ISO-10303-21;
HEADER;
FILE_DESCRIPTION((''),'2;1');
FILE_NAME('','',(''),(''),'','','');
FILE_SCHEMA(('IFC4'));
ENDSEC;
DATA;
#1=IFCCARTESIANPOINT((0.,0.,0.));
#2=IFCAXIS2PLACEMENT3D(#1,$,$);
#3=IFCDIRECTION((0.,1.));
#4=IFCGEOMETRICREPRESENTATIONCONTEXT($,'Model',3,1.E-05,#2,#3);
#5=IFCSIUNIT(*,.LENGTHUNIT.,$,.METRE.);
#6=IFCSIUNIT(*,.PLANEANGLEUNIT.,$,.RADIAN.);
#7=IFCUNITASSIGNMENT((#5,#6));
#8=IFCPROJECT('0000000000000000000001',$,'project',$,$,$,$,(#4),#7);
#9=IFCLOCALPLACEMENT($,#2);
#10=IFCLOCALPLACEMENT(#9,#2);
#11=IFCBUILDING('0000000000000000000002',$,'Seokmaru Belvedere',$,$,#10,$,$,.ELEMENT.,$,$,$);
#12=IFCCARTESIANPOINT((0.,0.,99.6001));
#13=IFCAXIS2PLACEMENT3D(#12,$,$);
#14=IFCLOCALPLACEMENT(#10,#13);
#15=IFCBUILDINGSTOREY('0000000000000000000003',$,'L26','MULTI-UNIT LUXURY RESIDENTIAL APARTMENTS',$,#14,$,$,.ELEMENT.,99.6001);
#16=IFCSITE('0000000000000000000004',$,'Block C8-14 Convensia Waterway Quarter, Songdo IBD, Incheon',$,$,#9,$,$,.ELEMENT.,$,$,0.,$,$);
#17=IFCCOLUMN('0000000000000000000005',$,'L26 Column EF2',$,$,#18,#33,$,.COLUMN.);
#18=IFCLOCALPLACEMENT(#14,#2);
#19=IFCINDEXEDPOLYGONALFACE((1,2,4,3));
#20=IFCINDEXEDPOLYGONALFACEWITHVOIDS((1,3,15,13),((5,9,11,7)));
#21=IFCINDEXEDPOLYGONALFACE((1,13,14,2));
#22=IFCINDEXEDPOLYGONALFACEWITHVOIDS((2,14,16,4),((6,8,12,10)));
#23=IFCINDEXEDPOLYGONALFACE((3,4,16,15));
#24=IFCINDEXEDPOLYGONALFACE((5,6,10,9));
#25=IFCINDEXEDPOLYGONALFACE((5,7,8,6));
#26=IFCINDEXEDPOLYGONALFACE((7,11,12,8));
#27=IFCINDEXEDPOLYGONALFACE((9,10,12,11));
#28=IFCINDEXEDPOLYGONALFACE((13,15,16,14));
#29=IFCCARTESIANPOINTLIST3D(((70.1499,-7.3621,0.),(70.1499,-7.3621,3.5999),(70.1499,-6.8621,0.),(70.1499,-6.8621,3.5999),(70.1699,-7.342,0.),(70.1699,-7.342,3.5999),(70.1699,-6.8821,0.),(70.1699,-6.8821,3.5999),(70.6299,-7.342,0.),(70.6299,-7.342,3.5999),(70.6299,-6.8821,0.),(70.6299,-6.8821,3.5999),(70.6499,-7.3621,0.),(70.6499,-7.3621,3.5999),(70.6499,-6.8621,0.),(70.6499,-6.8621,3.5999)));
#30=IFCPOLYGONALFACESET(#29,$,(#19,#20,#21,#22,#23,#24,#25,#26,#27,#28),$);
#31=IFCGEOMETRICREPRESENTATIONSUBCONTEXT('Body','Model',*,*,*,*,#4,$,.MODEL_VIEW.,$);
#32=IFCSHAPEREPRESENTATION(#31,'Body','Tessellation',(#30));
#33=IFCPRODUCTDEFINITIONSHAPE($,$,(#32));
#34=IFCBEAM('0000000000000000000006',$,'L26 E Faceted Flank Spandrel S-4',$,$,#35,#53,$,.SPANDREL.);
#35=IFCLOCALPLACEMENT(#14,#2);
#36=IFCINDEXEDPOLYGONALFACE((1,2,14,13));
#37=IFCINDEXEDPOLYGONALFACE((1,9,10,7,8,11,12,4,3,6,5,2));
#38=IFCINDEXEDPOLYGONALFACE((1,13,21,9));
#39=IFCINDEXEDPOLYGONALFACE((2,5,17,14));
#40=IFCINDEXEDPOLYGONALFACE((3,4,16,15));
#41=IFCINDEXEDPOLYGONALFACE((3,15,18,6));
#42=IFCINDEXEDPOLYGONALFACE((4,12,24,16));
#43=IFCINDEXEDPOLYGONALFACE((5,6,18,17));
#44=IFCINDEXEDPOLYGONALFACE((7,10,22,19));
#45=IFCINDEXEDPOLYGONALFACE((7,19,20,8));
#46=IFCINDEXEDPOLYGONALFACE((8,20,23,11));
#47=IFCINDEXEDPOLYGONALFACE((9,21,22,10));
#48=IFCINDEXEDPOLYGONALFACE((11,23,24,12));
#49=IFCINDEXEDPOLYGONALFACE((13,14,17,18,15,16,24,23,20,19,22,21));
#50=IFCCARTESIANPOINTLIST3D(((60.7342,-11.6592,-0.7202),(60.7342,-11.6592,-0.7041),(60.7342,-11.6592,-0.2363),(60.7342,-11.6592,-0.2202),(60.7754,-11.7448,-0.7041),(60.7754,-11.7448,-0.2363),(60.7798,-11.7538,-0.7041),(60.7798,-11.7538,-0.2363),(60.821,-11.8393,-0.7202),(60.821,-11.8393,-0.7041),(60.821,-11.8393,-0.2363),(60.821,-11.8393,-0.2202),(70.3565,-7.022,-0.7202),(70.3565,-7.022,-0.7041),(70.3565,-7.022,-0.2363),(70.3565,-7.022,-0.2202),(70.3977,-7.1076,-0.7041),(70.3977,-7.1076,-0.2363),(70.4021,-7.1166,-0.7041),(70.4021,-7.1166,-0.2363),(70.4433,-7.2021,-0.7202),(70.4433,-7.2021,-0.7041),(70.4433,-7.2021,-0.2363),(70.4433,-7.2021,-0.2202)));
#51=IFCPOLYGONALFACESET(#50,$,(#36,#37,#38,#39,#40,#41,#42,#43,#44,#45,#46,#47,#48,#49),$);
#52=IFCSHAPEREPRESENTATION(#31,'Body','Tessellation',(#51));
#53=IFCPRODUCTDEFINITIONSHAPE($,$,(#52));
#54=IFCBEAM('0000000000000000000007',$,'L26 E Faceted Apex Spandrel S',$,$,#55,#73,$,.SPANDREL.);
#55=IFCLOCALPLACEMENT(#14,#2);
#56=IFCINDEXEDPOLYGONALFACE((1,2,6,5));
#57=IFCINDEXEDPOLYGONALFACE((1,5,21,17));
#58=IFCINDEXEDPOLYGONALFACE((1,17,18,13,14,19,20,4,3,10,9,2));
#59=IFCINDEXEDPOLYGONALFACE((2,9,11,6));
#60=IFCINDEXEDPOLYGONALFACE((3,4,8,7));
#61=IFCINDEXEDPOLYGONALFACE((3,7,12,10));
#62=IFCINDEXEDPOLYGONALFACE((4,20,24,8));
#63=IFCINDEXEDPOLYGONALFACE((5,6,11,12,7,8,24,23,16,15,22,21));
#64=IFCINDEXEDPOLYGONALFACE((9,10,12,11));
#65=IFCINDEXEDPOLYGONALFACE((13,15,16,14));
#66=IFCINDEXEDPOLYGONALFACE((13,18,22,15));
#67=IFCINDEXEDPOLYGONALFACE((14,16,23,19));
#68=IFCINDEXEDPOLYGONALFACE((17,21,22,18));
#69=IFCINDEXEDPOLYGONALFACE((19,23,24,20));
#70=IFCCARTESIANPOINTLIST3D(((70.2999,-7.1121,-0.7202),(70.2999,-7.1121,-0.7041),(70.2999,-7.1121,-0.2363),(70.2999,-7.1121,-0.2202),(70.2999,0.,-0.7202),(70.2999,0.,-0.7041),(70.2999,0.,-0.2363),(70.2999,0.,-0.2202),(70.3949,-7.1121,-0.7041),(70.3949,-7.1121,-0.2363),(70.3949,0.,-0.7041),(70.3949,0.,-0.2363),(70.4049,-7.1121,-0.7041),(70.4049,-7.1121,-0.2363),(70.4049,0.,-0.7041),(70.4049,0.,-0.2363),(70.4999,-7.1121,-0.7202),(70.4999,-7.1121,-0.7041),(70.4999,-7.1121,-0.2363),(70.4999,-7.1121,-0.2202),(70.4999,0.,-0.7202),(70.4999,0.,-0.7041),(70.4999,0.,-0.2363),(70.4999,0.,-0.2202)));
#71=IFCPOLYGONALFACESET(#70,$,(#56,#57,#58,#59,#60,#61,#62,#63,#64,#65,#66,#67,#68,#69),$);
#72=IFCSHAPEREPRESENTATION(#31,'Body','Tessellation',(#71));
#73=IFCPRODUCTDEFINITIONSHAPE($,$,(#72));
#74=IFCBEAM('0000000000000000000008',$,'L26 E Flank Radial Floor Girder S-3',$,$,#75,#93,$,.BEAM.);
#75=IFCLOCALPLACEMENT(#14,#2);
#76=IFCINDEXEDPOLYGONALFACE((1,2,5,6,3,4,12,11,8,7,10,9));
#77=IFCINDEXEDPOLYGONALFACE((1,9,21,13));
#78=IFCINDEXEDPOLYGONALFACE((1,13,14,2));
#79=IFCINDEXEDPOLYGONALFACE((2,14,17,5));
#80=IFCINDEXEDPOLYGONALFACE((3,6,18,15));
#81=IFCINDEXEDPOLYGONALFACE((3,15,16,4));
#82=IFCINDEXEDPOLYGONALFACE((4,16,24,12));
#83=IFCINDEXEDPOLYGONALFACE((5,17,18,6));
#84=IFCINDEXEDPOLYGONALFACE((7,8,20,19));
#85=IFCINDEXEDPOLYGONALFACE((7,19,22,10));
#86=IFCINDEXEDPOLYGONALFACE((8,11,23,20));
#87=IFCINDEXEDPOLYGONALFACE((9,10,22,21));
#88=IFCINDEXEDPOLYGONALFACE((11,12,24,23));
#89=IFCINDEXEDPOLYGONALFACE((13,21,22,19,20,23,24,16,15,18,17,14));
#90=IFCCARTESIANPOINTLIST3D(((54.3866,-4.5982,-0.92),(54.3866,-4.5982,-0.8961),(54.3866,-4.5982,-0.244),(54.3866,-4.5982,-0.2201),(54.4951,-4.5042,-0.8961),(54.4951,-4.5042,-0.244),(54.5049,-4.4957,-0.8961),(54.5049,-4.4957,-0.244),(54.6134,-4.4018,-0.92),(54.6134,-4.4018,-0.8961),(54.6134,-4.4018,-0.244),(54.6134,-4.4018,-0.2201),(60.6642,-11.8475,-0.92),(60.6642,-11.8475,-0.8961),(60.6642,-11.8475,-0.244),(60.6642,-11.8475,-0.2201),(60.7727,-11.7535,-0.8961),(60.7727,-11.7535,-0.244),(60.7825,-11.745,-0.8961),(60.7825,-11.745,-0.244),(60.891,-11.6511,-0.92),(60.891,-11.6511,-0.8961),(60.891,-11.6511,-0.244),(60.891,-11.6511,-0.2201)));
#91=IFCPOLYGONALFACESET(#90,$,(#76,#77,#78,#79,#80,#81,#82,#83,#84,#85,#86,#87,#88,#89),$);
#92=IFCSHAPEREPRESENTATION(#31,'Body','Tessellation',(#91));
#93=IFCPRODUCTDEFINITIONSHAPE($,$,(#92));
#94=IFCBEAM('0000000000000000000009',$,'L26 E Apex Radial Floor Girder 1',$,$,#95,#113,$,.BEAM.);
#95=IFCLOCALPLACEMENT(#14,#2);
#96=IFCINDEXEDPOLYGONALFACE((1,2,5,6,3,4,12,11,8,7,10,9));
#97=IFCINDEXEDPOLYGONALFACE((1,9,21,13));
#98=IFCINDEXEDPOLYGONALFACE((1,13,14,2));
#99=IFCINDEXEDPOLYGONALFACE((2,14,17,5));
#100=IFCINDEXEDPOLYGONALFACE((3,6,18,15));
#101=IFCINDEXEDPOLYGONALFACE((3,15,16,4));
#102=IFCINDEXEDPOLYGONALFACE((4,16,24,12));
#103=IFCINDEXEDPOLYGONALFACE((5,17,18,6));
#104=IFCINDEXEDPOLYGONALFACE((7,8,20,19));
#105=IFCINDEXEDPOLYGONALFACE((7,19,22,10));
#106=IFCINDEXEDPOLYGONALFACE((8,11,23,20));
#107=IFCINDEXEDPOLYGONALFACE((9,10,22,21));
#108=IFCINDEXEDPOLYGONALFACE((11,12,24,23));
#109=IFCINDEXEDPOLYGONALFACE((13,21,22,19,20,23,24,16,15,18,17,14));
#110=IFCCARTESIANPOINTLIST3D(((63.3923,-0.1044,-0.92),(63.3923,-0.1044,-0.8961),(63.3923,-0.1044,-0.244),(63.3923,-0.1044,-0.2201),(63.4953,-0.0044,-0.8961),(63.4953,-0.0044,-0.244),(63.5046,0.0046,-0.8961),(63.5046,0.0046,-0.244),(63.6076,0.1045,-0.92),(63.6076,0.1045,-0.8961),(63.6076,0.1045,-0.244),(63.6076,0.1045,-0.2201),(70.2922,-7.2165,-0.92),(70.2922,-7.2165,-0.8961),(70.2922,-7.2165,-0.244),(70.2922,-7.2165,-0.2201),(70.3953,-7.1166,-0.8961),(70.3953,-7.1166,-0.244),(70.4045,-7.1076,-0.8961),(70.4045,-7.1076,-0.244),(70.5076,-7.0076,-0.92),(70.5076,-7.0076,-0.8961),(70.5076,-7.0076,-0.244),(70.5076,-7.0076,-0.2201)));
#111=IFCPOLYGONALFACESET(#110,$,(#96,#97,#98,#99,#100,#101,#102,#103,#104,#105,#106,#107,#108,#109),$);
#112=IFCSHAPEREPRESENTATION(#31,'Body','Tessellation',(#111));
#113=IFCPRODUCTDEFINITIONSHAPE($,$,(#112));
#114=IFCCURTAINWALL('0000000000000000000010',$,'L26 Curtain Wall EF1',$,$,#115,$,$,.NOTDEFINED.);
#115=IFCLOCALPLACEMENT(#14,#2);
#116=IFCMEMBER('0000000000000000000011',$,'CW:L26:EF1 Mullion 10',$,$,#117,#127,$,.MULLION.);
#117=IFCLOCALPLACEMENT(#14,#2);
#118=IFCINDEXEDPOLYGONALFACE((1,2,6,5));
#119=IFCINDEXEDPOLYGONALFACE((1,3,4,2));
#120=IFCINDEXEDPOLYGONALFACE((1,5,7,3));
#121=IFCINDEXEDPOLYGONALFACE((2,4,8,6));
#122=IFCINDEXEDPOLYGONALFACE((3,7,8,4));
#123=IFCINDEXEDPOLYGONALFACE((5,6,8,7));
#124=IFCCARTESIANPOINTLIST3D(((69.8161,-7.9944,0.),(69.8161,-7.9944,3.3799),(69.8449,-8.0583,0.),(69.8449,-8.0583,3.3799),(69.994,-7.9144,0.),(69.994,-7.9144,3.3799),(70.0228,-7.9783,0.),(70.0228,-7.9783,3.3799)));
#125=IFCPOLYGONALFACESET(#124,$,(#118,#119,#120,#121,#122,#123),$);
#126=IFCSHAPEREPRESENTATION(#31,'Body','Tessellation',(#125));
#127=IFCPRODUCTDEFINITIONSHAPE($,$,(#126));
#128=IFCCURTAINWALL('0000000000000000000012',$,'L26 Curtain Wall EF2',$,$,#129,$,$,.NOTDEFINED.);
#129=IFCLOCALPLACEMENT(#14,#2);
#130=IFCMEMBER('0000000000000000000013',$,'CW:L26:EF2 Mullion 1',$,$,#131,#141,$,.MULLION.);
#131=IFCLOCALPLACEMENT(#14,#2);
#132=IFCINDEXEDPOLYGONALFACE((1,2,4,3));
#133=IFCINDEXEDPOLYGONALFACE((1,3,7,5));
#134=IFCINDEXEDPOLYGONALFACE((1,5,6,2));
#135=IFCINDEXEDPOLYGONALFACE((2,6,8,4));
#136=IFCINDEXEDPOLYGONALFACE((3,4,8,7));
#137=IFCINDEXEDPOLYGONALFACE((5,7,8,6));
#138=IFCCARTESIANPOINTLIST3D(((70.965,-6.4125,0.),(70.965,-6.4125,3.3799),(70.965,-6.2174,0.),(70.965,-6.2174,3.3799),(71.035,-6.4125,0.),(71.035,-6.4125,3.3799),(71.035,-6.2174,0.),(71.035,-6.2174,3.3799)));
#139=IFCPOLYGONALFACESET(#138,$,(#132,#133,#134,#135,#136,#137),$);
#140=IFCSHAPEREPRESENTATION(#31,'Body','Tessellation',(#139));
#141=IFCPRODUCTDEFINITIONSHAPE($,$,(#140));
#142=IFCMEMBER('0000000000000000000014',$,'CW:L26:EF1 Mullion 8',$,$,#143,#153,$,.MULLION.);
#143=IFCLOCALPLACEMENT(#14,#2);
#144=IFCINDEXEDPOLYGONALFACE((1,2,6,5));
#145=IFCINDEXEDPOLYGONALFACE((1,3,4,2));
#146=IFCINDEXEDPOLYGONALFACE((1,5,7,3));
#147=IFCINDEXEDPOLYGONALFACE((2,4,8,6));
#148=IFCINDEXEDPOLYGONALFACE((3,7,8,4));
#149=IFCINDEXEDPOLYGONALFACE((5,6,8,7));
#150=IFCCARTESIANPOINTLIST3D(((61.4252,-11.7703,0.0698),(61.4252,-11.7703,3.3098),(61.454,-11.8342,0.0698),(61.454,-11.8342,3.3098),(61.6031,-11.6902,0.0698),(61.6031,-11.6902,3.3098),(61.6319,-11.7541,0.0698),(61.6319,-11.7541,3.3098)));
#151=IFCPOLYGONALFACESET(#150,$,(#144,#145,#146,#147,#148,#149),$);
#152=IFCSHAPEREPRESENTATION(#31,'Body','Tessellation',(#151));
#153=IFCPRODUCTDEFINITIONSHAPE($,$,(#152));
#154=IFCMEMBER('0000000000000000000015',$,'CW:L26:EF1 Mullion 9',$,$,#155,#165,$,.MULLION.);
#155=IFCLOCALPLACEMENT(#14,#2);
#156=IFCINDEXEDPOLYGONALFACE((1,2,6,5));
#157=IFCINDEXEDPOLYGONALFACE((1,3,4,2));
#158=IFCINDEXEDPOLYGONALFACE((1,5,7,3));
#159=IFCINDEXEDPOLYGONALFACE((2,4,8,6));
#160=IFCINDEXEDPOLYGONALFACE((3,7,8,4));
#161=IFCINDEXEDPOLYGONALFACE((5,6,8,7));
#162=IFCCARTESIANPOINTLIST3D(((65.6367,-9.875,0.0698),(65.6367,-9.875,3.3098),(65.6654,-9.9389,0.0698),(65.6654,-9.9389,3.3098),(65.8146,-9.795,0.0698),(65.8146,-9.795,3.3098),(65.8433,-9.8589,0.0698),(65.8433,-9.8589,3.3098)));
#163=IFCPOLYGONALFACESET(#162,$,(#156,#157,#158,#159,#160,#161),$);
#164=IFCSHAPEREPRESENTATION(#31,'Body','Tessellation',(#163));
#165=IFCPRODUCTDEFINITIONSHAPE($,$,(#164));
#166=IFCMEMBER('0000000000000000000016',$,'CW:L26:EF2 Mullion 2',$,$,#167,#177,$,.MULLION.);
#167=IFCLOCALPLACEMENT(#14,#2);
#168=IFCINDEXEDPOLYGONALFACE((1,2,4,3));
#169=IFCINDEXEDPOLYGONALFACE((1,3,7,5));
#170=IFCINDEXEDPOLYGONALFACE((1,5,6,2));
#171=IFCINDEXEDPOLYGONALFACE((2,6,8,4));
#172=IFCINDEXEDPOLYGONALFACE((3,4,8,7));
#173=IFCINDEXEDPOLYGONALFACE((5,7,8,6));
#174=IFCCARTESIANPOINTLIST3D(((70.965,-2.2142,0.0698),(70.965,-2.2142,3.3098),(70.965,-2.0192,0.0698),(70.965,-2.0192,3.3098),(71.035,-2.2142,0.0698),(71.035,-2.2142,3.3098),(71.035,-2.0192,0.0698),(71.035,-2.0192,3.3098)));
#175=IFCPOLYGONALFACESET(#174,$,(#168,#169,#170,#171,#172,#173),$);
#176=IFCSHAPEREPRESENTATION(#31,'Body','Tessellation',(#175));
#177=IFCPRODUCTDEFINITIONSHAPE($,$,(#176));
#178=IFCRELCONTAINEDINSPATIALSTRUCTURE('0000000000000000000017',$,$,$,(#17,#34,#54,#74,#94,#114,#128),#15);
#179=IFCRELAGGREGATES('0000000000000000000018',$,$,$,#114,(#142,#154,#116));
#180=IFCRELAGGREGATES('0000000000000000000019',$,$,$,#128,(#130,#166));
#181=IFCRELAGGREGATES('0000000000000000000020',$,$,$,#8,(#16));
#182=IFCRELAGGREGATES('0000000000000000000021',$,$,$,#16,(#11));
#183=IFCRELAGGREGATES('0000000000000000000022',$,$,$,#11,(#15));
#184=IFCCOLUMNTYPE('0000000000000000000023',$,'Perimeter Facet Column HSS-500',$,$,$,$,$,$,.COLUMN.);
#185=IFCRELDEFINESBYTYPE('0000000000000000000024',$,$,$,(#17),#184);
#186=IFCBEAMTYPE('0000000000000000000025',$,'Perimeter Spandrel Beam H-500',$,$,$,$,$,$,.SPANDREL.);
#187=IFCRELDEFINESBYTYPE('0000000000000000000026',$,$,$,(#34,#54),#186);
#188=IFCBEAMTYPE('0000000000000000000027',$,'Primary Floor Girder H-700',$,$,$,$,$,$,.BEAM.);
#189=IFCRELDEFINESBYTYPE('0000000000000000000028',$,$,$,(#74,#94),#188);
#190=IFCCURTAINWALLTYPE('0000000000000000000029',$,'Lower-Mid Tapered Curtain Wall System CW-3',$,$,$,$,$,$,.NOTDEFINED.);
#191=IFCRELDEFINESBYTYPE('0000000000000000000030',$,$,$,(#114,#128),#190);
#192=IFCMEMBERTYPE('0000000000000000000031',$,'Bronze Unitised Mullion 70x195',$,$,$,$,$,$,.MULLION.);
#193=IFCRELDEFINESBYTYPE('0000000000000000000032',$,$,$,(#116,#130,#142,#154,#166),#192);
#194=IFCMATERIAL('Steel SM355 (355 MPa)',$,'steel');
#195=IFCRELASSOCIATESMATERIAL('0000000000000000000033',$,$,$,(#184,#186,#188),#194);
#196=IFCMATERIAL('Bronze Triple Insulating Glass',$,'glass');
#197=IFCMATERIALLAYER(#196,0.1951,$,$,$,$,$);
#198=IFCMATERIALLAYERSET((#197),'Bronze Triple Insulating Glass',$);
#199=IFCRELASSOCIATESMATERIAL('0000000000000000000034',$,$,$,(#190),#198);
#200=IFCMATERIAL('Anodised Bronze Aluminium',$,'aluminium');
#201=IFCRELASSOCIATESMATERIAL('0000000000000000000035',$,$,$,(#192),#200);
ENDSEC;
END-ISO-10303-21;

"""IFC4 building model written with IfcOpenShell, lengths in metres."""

from ifc_helpers import new_model, si_unit, direction, frame, origin, origin_2d, place, context, subcontext, project, spatial, rectangle, hollow_rectangle, i_section, extrude, source, transform, mapped, material, layer, layer_set, material_profile, profile_set, type_object, type_shapes, element, aggregate, save


model = new_model("IFC4")

# Units and contexts
model_context = context("Model", 3, precision=1e-05, world=origin(), true_north=direction((0.0, 1.0)))
body_context = subcontext(model_context, "Body", "Model", "MODEL_VIEW")
ifc_project = project(units=[si_unit("LENGTHUNIT", "METRE"), si_unit("PLANEANGLEUNIT", "RADIAN")], contexts=[model_context])

# Site, building, storey
site_placement = place(None, origin())
site = spatial("IfcSite", under=ifc_project, at=site_placement, Name="Block C8-14 Convensia Waterway Quarter, Songdo IBD, Incheon", CompositionType="ELEMENT", RefElevation=0.0)
building_placement = place(site_placement, origin())
building = spatial("IfcBuilding", under=site, at=building_placement, Name="Seokmaru Belvedere", CompositionType="ELEMENT")
storey_placement = place(building_placement, frame((0.0, 0.0, 99.6001)))
storey = spatial("IfcBuildingStorey", under=building, at=storey_placement, Name="L26", Description="MULTI-UNIT LUXURY RESIDENTIAL APARTMENTS", CompositionType="ELEMENT", Elevation=99.6001)

# Column
ifc_material_1 = material(Name="Steel SM355 (355 MPa)", Category="steel")
ifc_material_profile_1 = material_profile(ifc_material_1, hollow_rectangle(XDim=0.5, YDim=0.5, WallThickness=0.02, at=origin_2d()), Name="HSS-500x500x20")
ifc_profile_set_1 = profile_set([ifc_material_profile_1], Name="Steel SM355 (355 MPa)")
column_type = type_object("IfcColumnType", Name="Perimeter Facet Column HSS-500", PredefinedType="COLUMN", material=ifc_profile_set_1)
shared_shape_1 = source(origin(), body_context, "Body", "SweptSolid", [
    extrude(hollow_rectangle(XDim=0.5, YDim=0.5, WallThickness=0.02, at=origin_2d()), origin(), (0.0, 0.0, 1.0), 3.5999),
])
type_shapes(column_type, [shared_shape_1])
column_placement = place(storey_placement, frame((70.3999, -7.1121, 0.0), z_axis=(0.0, 0.0, 1.0), x_axis=(1.0, 0.0, 0.0)))
element("IfcColumn", 1, at=column_placement, inside=storey, type_object=column_type, Name="L26 Column EF2", PredefinedType="COLUMN", context=body_context, shape_type="MappedRepresentation", body=[
    mapped(shared_shape_1, transform((0.0, 0.0, 0.0), scale=1.0)),
])

# Beams
ifc_material_profile_2 = material_profile(ifc_material_1, i_section(OverallWidth=0.2, OverallDepth=0.5, WebThickness=0.01, FlangeThickness=0.0161, at=origin_2d()), Name="H-500x200x10x16")
ifc_profile_set_2 = profile_set([ifc_material_profile_2], Name="Steel SM355 (355 MPa)")
beam_type_1 = type_object("IfcBeamType", Name="Perimeter Spandrel Beam H-500", PredefinedType="SPANDREL", material=ifc_profile_set_2)
shared_shape_2 = source(origin(), body_context, "Body", "SweptSolid", [
    extrude(i_section(OverallWidth=0.2, OverallDepth=0.5, WebThickness=0.01, FlangeThickness=0.0161, at=origin_2d()), origin(), (0.0, 0.0, 1.0), 10.6814),
])
beam_1_placement = place(storey_placement, frame((60.7776, -11.7493, -0.4702), z_axis=(0.900846, 0.434138, 0.0), x_axis=(-0.434138, 0.900846, 0.0)))
element("IfcBeam", 2, at=beam_1_placement, inside=storey, type_object=beam_type_1, Name="L26 E Faceted Flank Spandrel S-4", PredefinedType="SPANDREL", context=body_context, shape_type="MappedRepresentation", body=[
    mapped(shared_shape_2, transform((0.0, 0.0, 0.0), scale=1.0)),
])
shared_shape_3 = source(origin(), body_context, "Body", "SweptSolid", [
    extrude(i_section(OverallWidth=0.2, OverallDepth=0.5, WebThickness=0.01, FlangeThickness=0.0161, at=origin_2d()), origin(), (0.0, 0.0, 1.0), 7.1121),
])
type_shapes(beam_type_1, [shared_shape_2, shared_shape_3])
beam_2_placement = place(storey_placement, frame((70.3999, -7.1121, -0.4702), z_axis=(0.0, 1.0, 0.0), x_axis=(-1.0, 0.0, 0.0)))
element("IfcBeam", 3, at=beam_2_placement, inside=storey, type_object=beam_type_1, Name="L26 E Faceted Apex Spandrel S", PredefinedType="SPANDREL", context=body_context, shape_type="MappedRepresentation", body=[
    mapped(shared_shape_3, transform((0.0, 0.0, 0.0), scale=1.0)),
])
ifc_material_profile_3 = material_profile(ifc_material_1, i_section(OverallWidth=0.3, OverallDepth=0.7, WebThickness=0.0129, FlangeThickness=0.0239, at=origin_2d()), Name="H-700x300x13x24")
ifc_profile_set_3 = profile_set([ifc_material_profile_3], Name="Steel SM355 (355 MPa)")
beam_type_2 = type_object("IfcBeamType", Name="Primary Floor Girder H-700", PredefinedType="BEAM", material=ifc_profile_set_3)
shared_shape_4 = source(origin(), body_context, "Body", "SweptSolid", [
    extrude(i_section(OverallWidth=0.3, OverallDepth=0.7, WebThickness=0.0129, FlangeThickness=0.0239, at=origin_2d()), origin(), (0.0, 0.0, 1.0), 9.5896),
])
beam_3_placement = place(storey_placement, frame((60.7776, -11.7493, -0.5701), z_axis=(-0.654626, 0.755953, 0.0), x_axis=(-0.755953, -0.654626, 0.0)))
element("IfcBeam", 4, at=beam_3_placement, inside=storey, type_object=beam_type_2, Name="L26 E Flank Radial Floor Girder S-3", PredefinedType="BEAM", context=body_context, shape_type="MappedRepresentation", body=[
    mapped(shared_shape_4, transform((0.0, 0.0, 0.0), scale=1.0)),
])
shared_shape_5 = source(origin(), body_context, "Body", "SweptSolid", [
    extrude(i_section(OverallWidth=0.3, OverallDepth=0.7, WebThickness=0.0129, FlangeThickness=0.0239, at=origin_2d()), origin(), (0.0, 0.0, 1.0), 9.9092),
])
type_shapes(beam_type_2, [shared_shape_4, shared_shape_5])
beam_4_placement = place(storey_placement, frame((70.3999, -7.1121, -0.5701), z_axis=(-0.696321, 0.717731, 0.0), x_axis=(-0.717731, -0.696321, 0.0)))
element("IfcBeam", 5, at=beam_4_placement, inside=storey, type_object=beam_type_2, Name="L26 E Apex Radial Floor Girder 1", PredefinedType="BEAM", context=body_context, shape_type="MappedRepresentation", body=[
    mapped(shared_shape_5, transform((0.0, 0.0, 0.0), scale=1.0)),
])

# Curtain walls, members
ifc_material_2 = material(Name="Bronze Triple Insulating Glass", Category="glass")
ifc_layer_1 = layer(ifc_material_2, 0.1951)
ifc_layer_set_1 = layer_set([ifc_layer_1], Name="Bronze Triple Insulating Glass")
curtain_wall_type = type_object("IfcCurtainWallType", Name="Lower-Mid Tapered Curtain Wall System CW-3", PredefinedType="NOTDEFINED", material=ifc_layer_set_1)
curtain_wall_1_placement = place(storey_placement, origin())
curtain_wall_1 = element("IfcCurtainWall", 6, at=curtain_wall_1_placement, inside=storey, type_object=curtain_wall_type, Name="L26 Curtain Wall EF1", PredefinedType="NOTDEFINED")
ifc_material_3 = material(Name="Anodised Bronze Aluminium", Category="aluminium")
ifc_material_profile_4 = material_profile(ifc_material_3, rectangle(XDim=0.0701, YDim=0.1951, at=origin_2d()), Name="CW-M-70x195")
ifc_profile_set_4 = profile_set([ifc_material_profile_4], Name="Anodised Bronze Aluminium")
member_type_1 = type_object("IfcMemberType", Name="Bronze Unitised Mullion 70x195", PredefinedType="MULLION", material=ifc_profile_set_4)
shared_shape_6 = source(origin(), body_context, "Body", "SweptSolid", [
    extrude(rectangle(XDim=0.0701, YDim=0.1951, at=origin_2d()), origin(), (0.0, 0.0, 1.0), 3.3799),
])
member_1_placement = place(storey_placement, frame((69.9194, -7.9863, 0.0), z_axis=(0.0, 0.0, 1.0), x_axis=(-0.410366, 0.911921, 0.0)))
member_1 = element("IfcMember", 7, at=member_1_placement, type_object=member_type_1, Name="CW:L26:EF1 Mullion 10", PredefinedType="MULLION", context=body_context, shape_type="MappedRepresentation", body=[
    mapped(shared_shape_6, transform((0.0, 0.0, 0.0), scale=1.0)),
])
curtain_wall_2_placement = place(storey_placement, origin())
curtain_wall_2 = element("IfcCurtainWall", 8, at=curtain_wall_2_placement, inside=storey, type_object=curtain_wall_type, Name="L26 Curtain Wall EF2", PredefinedType="NOTDEFINED")
member_2_placement = place(storey_placement, frame((71.0, -6.3149, 0.0), z_axis=(0.0, 0.0, 1.0), x_axis=(-1.0, 0.0, 0.0)))
member_2 = element("IfcMember", 9, at=member_2_placement, type_object=member_type_1, Name="CW:L26:EF2 Mullion 1", PredefinedType="MULLION", context=body_context, shape_type="MappedRepresentation", body=[
    mapped(shared_shape_6, transform((0.0, 0.0, 0.0), scale=1.0)),
])

# Members
shared_shape_7 = source(origin(), body_context, "Body", "SweptSolid", [
    extrude(rectangle(XDim=0.0701, YDim=0.1951, at=origin_2d()), origin(), (0.0, 0.0, 1.0), 3.24),
])
type_shapes(member_type_1, [shared_shape_6, shared_shape_7])
member_3_placement = place(storey_placement, frame((61.5286, -11.7622, 0.0698), z_axis=(0.0, 0.0, 1.0), x_axis=(-0.410366, 0.911921, 0.0)))
member_3 = element("IfcMember", 10, at=member_3_placement, type_object=member_type_1, Name="CW:L26:EF1 Mullion 8", PredefinedType="MULLION", context=body_context, shape_type="MappedRepresentation", body=[
    mapped(shared_shape_7, transform((0.0, 0.0, 0.0), scale=1.0)),
])
member_4_placement = place(storey_placement, frame((65.74, -9.8669, 0.0698), z_axis=(0.0, 0.0, 1.0), x_axis=(-0.410366, 0.911921, 0.0)))
member_4 = element("IfcMember", 11, at=member_4_placement, type_object=member_type_1, Name="CW:L26:EF1 Mullion 9", PredefinedType="MULLION", context=body_context, shape_type="MappedRepresentation", body=[
    mapped(shared_shape_7, transform((0.0, 0.0, 0.0), scale=1.0)),
])
member_5_placement = place(storey_placement, frame((71.0, -2.1167, 0.0698), z_axis=(0.0, 0.0, 1.0), x_axis=(-1.0, 0.0, 0.0)))
member_5 = element("IfcMember", 12, at=member_5_placement, type_object=member_type_1, Name="CW:L26:EF2 Mullion 2", PredefinedType="MULLION", context=body_context, shape_type="MappedRepresentation", body=[
    mapped(shared_shape_7, transform((0.0, 0.0, 0.0), scale=1.0)),
])

aggregate(curtain_wall_1, [member_3, member_4, member_1])
aggregate(curtain_wall_2, [member_2, member_5])

save(model, "model.ifc")
